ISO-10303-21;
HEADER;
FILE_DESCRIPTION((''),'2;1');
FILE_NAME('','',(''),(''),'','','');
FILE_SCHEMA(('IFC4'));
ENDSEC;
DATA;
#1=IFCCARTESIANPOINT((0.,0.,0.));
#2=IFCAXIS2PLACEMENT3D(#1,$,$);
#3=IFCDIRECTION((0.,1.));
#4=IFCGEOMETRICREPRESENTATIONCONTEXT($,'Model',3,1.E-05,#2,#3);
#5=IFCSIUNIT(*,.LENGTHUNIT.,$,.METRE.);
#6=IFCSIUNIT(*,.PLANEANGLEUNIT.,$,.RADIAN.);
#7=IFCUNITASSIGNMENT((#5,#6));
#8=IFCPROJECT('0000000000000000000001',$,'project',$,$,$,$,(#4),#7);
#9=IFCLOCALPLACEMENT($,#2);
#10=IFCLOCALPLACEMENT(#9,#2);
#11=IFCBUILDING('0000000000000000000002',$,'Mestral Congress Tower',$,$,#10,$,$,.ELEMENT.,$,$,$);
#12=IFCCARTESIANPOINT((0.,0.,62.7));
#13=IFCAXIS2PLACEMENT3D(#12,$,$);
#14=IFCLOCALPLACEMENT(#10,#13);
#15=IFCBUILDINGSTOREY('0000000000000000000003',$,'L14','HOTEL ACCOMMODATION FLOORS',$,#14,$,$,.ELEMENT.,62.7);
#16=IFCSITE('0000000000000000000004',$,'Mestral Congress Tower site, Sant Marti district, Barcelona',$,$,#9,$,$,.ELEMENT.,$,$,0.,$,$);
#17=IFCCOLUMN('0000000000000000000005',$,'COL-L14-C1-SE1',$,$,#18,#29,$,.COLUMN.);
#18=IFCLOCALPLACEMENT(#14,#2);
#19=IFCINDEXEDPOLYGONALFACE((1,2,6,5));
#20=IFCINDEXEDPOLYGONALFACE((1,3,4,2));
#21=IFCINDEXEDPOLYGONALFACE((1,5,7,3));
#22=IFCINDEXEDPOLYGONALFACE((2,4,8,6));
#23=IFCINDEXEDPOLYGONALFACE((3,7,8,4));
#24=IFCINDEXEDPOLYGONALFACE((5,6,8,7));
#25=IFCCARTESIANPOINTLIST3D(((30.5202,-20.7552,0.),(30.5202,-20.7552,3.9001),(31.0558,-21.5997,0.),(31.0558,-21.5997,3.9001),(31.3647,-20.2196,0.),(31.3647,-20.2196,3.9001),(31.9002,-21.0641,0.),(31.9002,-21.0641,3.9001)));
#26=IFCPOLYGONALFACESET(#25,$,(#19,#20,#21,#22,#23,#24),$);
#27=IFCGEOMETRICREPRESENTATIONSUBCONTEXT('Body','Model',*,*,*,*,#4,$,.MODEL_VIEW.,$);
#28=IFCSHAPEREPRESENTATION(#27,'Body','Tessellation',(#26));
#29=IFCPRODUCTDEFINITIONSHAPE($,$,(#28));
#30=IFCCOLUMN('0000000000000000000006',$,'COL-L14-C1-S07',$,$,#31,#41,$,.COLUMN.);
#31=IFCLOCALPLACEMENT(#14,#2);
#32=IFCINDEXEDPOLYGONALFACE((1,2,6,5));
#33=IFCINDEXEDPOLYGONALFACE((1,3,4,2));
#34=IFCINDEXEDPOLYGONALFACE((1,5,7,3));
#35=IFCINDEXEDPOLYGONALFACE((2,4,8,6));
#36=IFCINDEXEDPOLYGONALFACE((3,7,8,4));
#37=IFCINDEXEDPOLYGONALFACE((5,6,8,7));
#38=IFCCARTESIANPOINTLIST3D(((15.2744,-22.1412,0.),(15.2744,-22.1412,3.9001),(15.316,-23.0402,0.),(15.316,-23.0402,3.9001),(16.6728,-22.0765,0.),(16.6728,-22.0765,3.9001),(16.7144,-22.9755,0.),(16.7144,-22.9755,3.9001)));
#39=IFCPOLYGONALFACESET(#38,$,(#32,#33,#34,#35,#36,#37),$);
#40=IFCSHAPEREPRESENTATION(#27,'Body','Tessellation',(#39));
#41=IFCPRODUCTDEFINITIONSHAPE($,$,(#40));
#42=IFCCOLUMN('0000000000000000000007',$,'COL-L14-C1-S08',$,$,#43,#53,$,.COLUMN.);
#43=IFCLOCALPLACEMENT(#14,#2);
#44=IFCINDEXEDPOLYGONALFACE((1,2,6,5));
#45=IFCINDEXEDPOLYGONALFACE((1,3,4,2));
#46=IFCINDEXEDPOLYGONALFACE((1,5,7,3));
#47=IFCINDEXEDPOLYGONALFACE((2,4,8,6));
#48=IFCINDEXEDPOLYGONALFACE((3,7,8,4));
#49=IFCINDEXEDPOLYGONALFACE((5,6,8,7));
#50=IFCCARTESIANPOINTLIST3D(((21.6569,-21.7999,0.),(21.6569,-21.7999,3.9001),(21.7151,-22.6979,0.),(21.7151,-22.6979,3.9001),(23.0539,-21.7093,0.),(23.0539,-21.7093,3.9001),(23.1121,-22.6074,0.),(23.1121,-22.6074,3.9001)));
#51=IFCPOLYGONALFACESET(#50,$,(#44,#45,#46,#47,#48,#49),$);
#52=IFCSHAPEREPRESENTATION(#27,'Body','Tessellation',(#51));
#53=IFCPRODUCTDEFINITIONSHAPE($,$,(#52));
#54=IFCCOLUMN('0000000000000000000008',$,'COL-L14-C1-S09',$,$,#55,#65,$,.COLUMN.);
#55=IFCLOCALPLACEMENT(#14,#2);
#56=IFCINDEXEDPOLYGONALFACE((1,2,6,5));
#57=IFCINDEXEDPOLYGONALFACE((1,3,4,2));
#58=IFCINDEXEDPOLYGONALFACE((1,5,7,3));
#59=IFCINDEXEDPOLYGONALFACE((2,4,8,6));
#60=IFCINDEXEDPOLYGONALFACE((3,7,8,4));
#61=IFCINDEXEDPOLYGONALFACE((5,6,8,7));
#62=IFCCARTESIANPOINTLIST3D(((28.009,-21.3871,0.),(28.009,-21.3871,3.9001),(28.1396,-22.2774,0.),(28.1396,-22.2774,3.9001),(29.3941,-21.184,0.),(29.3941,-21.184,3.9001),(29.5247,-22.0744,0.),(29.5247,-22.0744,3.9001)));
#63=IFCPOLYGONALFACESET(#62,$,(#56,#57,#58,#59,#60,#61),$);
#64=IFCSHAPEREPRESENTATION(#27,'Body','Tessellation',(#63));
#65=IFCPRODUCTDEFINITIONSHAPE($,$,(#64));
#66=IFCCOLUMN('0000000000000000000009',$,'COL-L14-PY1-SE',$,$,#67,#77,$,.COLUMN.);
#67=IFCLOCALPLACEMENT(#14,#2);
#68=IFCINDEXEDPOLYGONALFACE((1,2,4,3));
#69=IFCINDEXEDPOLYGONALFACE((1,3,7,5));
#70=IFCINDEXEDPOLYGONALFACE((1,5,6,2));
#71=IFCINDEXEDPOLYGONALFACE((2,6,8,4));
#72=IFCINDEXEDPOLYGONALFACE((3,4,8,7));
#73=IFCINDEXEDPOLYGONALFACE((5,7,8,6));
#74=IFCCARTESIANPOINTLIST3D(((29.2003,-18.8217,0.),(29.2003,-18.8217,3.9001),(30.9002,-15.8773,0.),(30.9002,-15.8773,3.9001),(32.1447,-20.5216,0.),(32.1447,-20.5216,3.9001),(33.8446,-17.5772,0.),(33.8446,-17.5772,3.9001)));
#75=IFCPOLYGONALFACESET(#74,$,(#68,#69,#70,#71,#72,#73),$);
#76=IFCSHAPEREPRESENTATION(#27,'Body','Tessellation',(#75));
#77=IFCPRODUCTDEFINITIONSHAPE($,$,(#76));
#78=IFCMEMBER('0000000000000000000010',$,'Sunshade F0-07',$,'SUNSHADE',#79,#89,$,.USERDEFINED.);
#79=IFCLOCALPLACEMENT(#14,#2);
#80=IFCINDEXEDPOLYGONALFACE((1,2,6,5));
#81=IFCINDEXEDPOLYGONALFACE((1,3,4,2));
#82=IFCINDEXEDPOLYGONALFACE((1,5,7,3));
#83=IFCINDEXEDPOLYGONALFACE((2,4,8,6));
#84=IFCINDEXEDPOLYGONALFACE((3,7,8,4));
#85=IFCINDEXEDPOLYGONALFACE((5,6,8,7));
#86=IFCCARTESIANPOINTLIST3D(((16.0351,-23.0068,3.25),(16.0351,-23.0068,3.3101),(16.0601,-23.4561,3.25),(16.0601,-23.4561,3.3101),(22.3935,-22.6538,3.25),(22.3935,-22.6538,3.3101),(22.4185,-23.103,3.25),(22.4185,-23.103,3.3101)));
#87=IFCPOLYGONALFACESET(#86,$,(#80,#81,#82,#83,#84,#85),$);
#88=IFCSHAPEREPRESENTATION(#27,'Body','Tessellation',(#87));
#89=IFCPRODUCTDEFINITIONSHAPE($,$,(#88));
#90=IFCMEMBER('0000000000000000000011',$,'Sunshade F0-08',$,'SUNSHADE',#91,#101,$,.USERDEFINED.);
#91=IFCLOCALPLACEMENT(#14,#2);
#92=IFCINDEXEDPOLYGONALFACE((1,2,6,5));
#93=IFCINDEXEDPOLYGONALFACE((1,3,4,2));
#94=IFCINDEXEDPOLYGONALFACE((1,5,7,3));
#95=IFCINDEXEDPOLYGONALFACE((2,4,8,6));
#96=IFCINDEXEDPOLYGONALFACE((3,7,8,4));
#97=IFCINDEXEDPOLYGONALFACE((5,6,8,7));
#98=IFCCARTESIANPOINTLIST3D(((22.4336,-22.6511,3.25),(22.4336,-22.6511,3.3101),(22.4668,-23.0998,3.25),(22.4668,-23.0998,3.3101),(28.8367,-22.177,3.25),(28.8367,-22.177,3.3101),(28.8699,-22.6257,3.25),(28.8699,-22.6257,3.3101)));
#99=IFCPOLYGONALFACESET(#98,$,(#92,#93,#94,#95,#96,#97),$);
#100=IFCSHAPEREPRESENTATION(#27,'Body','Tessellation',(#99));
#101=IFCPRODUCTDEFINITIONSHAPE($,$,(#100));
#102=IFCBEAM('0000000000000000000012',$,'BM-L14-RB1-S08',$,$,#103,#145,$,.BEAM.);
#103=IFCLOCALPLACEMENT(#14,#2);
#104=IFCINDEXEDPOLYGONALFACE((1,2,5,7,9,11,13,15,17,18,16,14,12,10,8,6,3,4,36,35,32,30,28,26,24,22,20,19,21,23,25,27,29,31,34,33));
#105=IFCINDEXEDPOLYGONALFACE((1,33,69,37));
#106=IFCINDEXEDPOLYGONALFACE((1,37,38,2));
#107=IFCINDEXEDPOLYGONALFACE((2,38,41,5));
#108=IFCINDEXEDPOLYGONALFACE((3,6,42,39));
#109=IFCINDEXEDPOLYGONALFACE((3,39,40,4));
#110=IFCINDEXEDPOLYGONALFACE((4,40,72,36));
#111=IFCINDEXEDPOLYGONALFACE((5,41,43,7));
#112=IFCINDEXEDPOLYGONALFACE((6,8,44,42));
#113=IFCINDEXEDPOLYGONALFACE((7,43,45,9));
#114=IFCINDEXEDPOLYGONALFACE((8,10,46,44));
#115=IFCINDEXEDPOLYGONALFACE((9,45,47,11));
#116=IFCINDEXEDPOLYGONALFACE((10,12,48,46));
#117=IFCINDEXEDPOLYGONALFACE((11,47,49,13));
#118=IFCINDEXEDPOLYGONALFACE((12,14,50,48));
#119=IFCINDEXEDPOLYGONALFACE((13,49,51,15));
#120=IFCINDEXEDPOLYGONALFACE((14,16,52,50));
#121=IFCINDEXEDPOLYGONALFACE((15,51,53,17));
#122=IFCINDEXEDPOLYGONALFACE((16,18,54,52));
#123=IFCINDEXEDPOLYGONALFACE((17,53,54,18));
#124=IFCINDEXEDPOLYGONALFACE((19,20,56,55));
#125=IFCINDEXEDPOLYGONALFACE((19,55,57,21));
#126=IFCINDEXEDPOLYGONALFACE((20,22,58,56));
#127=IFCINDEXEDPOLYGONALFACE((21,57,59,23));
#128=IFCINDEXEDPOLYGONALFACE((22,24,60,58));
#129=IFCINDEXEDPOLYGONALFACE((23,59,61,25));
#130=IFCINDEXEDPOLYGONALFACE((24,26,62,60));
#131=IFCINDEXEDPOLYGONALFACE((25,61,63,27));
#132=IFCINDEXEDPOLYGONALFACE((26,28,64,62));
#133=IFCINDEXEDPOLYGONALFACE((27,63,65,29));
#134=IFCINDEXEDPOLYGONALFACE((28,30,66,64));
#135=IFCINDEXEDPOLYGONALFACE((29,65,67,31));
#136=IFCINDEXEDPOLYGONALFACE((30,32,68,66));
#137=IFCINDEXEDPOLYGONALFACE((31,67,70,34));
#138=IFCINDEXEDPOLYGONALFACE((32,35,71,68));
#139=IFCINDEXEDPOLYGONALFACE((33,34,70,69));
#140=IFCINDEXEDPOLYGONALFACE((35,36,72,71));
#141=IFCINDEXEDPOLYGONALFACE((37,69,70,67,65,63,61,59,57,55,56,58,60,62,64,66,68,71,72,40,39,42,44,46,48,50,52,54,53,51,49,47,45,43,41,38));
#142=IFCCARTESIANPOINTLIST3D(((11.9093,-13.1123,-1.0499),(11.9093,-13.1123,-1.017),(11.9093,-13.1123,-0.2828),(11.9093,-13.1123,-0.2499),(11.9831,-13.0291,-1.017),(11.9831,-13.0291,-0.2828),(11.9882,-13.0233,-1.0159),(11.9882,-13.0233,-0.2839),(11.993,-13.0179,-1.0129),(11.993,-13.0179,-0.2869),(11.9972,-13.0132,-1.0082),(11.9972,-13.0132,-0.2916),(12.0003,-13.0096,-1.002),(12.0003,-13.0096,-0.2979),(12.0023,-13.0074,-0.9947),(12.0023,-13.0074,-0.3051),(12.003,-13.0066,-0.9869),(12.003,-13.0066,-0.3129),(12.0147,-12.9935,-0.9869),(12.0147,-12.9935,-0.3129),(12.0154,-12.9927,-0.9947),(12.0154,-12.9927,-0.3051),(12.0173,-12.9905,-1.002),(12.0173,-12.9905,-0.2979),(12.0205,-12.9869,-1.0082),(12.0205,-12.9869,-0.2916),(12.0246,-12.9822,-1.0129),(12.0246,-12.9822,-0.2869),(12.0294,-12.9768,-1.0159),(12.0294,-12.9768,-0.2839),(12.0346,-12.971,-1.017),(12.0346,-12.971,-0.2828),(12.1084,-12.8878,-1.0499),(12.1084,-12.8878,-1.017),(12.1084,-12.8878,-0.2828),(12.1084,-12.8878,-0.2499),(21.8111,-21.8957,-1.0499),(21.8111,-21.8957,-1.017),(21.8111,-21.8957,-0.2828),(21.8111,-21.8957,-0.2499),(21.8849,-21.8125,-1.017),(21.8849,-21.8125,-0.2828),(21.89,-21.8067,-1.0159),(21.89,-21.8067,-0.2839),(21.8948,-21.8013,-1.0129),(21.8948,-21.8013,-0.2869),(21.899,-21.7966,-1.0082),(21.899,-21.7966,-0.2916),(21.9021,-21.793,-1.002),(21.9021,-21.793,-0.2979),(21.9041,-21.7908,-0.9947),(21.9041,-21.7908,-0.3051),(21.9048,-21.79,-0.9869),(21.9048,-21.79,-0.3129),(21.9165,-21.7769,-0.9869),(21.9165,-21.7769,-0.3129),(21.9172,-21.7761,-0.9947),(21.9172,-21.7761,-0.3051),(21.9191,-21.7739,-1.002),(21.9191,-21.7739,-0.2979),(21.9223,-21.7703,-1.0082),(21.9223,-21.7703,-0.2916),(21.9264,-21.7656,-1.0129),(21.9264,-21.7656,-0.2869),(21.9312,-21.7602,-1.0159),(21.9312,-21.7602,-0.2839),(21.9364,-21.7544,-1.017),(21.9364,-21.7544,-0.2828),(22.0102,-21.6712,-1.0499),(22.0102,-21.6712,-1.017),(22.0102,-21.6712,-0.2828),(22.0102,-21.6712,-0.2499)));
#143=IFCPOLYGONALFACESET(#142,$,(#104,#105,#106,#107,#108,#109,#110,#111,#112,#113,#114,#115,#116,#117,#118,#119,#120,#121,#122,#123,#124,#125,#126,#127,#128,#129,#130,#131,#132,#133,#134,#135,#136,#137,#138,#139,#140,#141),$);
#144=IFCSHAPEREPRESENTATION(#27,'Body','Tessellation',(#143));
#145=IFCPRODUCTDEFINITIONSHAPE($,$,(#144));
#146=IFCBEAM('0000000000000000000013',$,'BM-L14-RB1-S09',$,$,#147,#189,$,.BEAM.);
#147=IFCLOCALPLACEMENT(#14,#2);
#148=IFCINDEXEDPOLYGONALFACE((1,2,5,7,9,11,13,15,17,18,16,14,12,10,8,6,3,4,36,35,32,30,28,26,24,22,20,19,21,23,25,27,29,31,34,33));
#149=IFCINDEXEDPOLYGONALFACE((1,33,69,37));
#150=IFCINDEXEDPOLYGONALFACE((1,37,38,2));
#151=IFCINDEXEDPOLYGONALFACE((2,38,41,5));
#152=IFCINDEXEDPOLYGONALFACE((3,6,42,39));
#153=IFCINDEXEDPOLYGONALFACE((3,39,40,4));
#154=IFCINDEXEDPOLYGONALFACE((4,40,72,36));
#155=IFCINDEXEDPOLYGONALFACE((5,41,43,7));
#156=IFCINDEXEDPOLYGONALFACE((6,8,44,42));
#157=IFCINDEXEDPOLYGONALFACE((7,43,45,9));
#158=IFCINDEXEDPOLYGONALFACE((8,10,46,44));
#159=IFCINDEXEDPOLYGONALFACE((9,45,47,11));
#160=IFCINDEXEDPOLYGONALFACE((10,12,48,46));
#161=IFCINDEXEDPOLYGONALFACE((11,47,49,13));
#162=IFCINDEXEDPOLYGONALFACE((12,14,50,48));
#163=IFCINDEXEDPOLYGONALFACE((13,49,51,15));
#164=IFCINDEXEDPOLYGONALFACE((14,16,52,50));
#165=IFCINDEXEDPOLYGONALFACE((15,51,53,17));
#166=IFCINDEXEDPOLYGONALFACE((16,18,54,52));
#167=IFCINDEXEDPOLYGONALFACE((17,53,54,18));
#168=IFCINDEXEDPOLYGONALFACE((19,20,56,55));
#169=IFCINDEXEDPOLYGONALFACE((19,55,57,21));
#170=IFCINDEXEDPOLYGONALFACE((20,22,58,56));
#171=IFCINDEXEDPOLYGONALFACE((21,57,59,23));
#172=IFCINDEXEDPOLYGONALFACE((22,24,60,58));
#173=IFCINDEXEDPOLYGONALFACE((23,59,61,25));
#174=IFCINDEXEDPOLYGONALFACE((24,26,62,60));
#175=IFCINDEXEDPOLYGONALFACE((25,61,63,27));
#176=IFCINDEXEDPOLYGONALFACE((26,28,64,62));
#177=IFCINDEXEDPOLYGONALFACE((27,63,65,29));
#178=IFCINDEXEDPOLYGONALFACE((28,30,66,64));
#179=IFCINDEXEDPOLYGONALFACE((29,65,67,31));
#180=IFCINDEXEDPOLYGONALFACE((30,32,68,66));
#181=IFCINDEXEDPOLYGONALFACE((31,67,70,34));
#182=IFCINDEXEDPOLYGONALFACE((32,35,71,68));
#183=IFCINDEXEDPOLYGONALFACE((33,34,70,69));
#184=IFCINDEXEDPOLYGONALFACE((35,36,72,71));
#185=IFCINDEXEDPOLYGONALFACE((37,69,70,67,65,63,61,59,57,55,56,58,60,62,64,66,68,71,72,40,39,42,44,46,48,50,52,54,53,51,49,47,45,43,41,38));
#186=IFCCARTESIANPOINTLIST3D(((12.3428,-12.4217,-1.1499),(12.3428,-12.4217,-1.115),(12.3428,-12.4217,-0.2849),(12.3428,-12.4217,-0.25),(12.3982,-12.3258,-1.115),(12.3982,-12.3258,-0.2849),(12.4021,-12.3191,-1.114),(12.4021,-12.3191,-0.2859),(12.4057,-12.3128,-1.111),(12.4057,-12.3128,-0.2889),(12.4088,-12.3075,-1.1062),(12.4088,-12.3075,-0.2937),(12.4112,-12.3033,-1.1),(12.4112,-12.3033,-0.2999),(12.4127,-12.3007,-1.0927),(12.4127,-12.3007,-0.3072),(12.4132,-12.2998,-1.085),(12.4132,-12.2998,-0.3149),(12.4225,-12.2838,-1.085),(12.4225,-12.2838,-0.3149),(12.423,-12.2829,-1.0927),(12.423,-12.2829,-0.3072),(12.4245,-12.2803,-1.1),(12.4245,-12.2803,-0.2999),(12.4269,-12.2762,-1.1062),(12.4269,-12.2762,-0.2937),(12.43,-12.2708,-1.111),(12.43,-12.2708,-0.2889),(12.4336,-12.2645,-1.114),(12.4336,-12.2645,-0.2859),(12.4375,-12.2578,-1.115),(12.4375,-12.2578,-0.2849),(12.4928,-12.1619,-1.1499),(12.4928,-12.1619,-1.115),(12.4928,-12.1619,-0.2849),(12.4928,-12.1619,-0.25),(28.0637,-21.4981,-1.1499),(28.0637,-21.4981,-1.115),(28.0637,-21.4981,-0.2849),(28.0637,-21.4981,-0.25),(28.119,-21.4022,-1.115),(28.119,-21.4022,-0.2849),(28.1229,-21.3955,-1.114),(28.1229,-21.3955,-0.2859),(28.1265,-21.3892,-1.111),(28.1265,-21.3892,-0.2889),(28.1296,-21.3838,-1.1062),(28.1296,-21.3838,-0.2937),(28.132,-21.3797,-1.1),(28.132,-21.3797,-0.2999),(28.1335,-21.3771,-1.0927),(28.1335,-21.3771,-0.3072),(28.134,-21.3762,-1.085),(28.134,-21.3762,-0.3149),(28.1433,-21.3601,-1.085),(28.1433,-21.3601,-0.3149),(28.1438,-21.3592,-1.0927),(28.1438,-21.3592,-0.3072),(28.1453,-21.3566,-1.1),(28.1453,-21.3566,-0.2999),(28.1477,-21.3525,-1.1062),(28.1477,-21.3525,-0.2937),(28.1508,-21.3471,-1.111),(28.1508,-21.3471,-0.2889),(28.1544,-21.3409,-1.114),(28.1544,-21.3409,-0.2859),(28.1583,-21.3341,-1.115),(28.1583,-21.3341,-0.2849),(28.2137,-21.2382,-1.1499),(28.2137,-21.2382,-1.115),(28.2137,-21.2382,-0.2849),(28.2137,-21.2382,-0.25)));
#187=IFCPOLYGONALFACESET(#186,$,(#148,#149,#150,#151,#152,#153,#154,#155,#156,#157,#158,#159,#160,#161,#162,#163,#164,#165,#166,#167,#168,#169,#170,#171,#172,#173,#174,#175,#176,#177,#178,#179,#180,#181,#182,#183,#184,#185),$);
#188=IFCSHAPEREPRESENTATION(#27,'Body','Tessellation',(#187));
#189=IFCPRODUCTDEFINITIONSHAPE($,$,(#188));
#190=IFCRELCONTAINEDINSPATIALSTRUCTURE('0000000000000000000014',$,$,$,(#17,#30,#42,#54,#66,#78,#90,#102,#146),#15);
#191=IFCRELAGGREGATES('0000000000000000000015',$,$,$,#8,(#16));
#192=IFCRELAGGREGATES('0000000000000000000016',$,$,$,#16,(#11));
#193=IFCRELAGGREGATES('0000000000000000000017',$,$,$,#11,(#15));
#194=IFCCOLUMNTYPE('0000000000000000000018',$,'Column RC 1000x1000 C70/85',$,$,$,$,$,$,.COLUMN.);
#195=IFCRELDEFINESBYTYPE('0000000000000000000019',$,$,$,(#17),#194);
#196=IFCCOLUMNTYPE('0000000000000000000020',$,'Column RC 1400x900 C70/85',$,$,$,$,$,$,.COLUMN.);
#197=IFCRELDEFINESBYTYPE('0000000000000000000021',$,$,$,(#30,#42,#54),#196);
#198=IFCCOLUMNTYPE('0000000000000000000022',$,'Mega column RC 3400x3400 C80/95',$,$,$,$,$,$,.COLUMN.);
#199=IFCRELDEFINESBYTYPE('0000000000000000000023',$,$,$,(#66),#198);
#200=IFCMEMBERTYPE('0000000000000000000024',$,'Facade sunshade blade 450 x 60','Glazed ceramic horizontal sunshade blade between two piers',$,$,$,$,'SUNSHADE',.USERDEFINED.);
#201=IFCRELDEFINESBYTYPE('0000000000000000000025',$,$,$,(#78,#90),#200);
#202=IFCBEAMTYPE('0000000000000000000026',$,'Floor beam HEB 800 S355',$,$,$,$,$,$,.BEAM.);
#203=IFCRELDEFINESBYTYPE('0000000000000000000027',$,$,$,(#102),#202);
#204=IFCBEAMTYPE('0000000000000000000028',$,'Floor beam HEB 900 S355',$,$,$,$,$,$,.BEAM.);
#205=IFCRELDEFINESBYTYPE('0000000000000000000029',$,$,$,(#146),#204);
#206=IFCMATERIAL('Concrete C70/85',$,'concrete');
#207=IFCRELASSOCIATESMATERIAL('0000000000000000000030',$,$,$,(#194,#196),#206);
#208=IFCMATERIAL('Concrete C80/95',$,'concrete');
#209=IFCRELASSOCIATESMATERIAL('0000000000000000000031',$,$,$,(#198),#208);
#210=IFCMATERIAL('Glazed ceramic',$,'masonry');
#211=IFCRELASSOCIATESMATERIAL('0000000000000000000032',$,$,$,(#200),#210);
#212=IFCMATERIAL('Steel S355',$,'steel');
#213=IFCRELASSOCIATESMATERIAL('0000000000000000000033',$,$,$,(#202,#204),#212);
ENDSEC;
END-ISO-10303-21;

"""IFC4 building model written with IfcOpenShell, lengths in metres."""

from ifc_helpers import new_model, si_unit, direction, frame, origin, origin_2d, place, context, subcontext, project, spatial, rectangle, i_section, extrude, material, material_profile, profile_set, type_object, element, save


model = new_model("IFC4")

# Units and contexts
model_context = context("Model", 3, precision=1e-05, world=origin(), true_north=direction((0.0, 1.0)))
body_context = subcontext(model_context, "Body", "Model", "MODEL_VIEW")
ifc_project = project(units=[si_unit("LENGTHUNIT", "METRE"), si_unit("PLANEANGLEUNIT", "RADIAN")], contexts=[model_context])

# Site, building, storey
site_placement = place(None, origin())
site = spatial("IfcSite", under=ifc_project, at=site_placement, Name="Mestral Congress Tower site, Sant Marti district, Barcelona", CompositionType="ELEMENT", RefElevation=0.0)
building_placement = place(site_placement, origin())
building = spatial("IfcBuilding", under=site, at=building_placement, Name="Mestral Congress Tower", CompositionType="ELEMENT")
storey_placement = place(building_placement, frame((0.0, 0.0, 62.7)))
storey = spatial("IfcBuildingStorey", under=building, at=storey_placement, Name="L14", Description="HOTEL ACCOMMODATION FLOORS", CompositionType="ELEMENT", Elevation=62.7)

# Columns
ifc_material_1 = material(Name="Concrete C70/85", Category="concrete")
ifc_material_profile_1 = material_profile(ifc_material_1, rectangle(XDim=1.0, YDim=1.0, at=origin_2d()), Name="RC 1000x1000")
ifc_profile_set_1 = profile_set([ifc_material_profile_1], Name="Concrete C70/85")
column_type_1 = type_object("IfcColumnType", Name="Column RC 1000x1000 C70/85", PredefinedType="COLUMN", material=ifc_profile_set_1)
column_1_placement = place(storey_placement, frame((31.2102, -20.9097, 0.0), z_axis=(0.0, 0.0, 1.0), x_axis=(0.844485, 0.535579, 0.0)))
element("IfcColumn", 1, at=column_1_placement, inside=storey, type_object=column_type_1, Name="COL-L14-C1-SE1", PredefinedType="COLUMN", context=body_context, shape_type="SweptSolid", body=[
    extrude(rectangle(XDim=1.0, YDim=1.0, at=origin_2d()), origin(), (0.0, 0.0, 1.0), 3.9001),
])
ifc_material_profile_2 = material_profile(ifc_material_1, rectangle(XDim=1.3999, YDim=0.8999, at=origin_2d()), Name="RC 1400x900")
ifc_profile_set_2 = profile_set([ifc_material_profile_2], Name="Concrete C70/85")
column_type_2 = type_object("IfcColumnType", Name="Column RC 1400x900 C70/85", PredefinedType="COLUMN", material=ifc_profile_set_2)
for number, where, z_axis, x_axis, name in (
    (2, (15.9944, -22.5583, 0.0), (0.0, 0.0, 1.0), (0.998932, 0.0462, 0.0), "COL-L14-C1-S07"),
    (3, (22.3845, -22.2036, 0.0), (0.0, 0.0, 1.0), (0.997908, 0.064658, 0.0), "COL-L14-C1-S08"),
    (4, (28.7668, -21.7307, 0.0), (0.0, 0.0, 1.0), (0.989424, 0.145056, 0.0), "COL-L14-C1-S09"),
):
    element("IfcColumn", number, at=place(storey_placement, frame(where, z_axis=z_axis, x_axis=x_axis)), inside=storey, type_object=column_type_2, Name=name, PredefinedType="COLUMN", context=body_context, shape_type="SweptSolid", body=[
        extrude(rectangle(XDim=1.3999, YDim=0.8999, at=origin_2d()), origin(), (0.0, 0.0, 1.0), 3.9001),
    ])
ifc_material_2 = material(Name="Concrete C80/95", Category="concrete")
ifc_material_profile_3 = material_profile(ifc_material_2, rectangle(XDim=3.3999, YDim=3.3999, at=origin_2d()), Name="RC 3400x3400")
ifc_profile_set_3 = profile_set([ifc_material_profile_3], Name="Concrete C80/95")
column_type_3 = type_object("IfcColumnType", Name="Mega column RC 3400x3400 C80/95", PredefinedType="COLUMN", material=ifc_profile_set_3)
column_2_placement = place(storey_placement, frame((31.5225, -18.1995, 0.0), z_axis=(0.0, 0.0, 1.0), x_axis=(0.866025, -0.5, 0.0)))
element("IfcColumn", 5, at=column_2_placement, inside=storey, type_object=column_type_3, Name="COL-L14-PY1-SE", PredefinedType="COLUMN", context=body_context, shape_type="SweptSolid", body=[
    extrude(rectangle(XDim=3.3999, YDim=3.3999, at=origin_2d()), origin(), (0.0, 0.0, 1.0), 3.9001),
])

# Members
ifc_material_3 = material(Name="Glazed ceramic", Category="masonry")
ifc_material_profile_4 = material_profile(ifc_material_3, rectangle(XDim=0.45, YDim=0.0601, at=origin_2d()), Name="Ceramic blade 450 x 60")
ifc_profile_set_4 = profile_set([ifc_material_profile_4], Name="Glazed ceramic")
member_type = type_object("IfcMemberType", Name="Facade sunshade blade 450 x 60", Description="Glazed ceramic horizontal sunshade blade between two piers", ElementType="SUNSHADE", PredefinedType="USERDEFINED", material=ifc_profile_set_4)
member_1_placement = place(storey_placement, frame((16.0476, -23.2314, 3.28), z_axis=(0.998462, 0.055436, 0.0), x_axis=(-0.055436, 0.998462, 0.0)))
element("IfcMember", 6, at=member_1_placement, inside=storey, type_object=member_type, Name="Sunshade F0-07", ObjectType="SUNSHADE", PredefinedType="USERDEFINED", context=body_context, shape_type="SweptSolid", body=[
    extrude(rectangle(XDim=0.45, YDim=0.0601, at=origin_2d()), origin(), (0.0, 0.0, 1.0), 6.3682),
])
member_2_placement = place(storey_placement, frame((22.4502, -22.8755, 3.28), z_axis=(0.99727, 0.073844, 0.0), x_axis=(-0.073844, 0.99727, 0.0)))
element("IfcMember", 7, at=member_2_placement, inside=storey, type_object=member_type, Name="Sunshade F0-08", ObjectType="SUNSHADE", PredefinedType="USERDEFINED", context=body_context, shape_type="SweptSolid", body=[
    extrude(rectangle(XDim=0.45, YDim=0.0601, at=origin_2d()), origin(), (0.0, 0.0, 1.0), 6.4207),
])

# Beams
ifc_material_4 = material(Name="Steel S355", Category="steel")
ifc_material_profile_5 = material_profile(ifc_material_4, i_section(OverallWidth=0.3, OverallDepth=0.8, WebThickness=0.0176, FlangeThickness=0.033, FilletRadius=0.03, at=origin_2d()), Name="HEB 800")
ifc_profile_set_5 = profile_set([ifc_material_profile_5], Name="Steel S355")
beam_type_1 = type_object("IfcBeamType", Name="Floor beam HEB 800 S355", PredefinedType="BEAM", material=ifc_profile_set_5)
beam_1_placement = place(storey_placement, frame((21.9106, -21.7834, -0.6499), z_axis=(-0.748092, 0.663595, 0.0), x_axis=(-0.663595, -0.748092, 0.0)))
element("IfcBeam", 8, at=beam_1_placement, inside=storey, type_object=beam_type_1, Name="BM-L14-RB1-S08", PredefinedType="BEAM", context=body_context, shape_type="SweptSolid", body=[
    extrude(i_section(OverallWidth=0.3, OverallDepth=0.8, WebThickness=0.0176, FlangeThickness=0.033, FilletRadius=0.03, at=origin_2d()), origin(), (0.0, 0.0, 1.0), 13.2361),
])
ifc_material_profile_6 = material_profile(ifc_material_4, i_section(OverallWidth=0.3, OverallDepth=0.8999, WebThickness=0.0186, FlangeThickness=0.0349, FilletRadius=0.03, at=origin_2d()), Name="HEB 900")
ifc_profile_set_6 = profile_set([ifc_material_profile_6], Name="Steel S355")
beam_type_2 = type_object("IfcBeamType", Name="Floor beam HEB 900 S355", PredefinedType="BEAM", material=ifc_profile_set_6)
beam_2_placement = place(storey_placement, frame((28.1387, -21.3682, -0.7), z_axis=(-0.866027, 0.499997, 0.0), x_axis=(-0.499997, -0.866027, 0.0)))
element("IfcBeam", 9, at=beam_2_placement, inside=storey, type_object=beam_type_2, Name="BM-L14-RB1-S09", PredefinedType="BEAM", context=body_context, shape_type="SweptSolid", body=[
    extrude(i_section(OverallWidth=0.3, OverallDepth=0.8999, WebThickness=0.0186, FlangeThickness=0.0349, FilletRadius=0.03, at=origin_2d()), origin(), (0.0, 0.0, 1.0), 18.1528),
])

save(model, "model.ifc")
